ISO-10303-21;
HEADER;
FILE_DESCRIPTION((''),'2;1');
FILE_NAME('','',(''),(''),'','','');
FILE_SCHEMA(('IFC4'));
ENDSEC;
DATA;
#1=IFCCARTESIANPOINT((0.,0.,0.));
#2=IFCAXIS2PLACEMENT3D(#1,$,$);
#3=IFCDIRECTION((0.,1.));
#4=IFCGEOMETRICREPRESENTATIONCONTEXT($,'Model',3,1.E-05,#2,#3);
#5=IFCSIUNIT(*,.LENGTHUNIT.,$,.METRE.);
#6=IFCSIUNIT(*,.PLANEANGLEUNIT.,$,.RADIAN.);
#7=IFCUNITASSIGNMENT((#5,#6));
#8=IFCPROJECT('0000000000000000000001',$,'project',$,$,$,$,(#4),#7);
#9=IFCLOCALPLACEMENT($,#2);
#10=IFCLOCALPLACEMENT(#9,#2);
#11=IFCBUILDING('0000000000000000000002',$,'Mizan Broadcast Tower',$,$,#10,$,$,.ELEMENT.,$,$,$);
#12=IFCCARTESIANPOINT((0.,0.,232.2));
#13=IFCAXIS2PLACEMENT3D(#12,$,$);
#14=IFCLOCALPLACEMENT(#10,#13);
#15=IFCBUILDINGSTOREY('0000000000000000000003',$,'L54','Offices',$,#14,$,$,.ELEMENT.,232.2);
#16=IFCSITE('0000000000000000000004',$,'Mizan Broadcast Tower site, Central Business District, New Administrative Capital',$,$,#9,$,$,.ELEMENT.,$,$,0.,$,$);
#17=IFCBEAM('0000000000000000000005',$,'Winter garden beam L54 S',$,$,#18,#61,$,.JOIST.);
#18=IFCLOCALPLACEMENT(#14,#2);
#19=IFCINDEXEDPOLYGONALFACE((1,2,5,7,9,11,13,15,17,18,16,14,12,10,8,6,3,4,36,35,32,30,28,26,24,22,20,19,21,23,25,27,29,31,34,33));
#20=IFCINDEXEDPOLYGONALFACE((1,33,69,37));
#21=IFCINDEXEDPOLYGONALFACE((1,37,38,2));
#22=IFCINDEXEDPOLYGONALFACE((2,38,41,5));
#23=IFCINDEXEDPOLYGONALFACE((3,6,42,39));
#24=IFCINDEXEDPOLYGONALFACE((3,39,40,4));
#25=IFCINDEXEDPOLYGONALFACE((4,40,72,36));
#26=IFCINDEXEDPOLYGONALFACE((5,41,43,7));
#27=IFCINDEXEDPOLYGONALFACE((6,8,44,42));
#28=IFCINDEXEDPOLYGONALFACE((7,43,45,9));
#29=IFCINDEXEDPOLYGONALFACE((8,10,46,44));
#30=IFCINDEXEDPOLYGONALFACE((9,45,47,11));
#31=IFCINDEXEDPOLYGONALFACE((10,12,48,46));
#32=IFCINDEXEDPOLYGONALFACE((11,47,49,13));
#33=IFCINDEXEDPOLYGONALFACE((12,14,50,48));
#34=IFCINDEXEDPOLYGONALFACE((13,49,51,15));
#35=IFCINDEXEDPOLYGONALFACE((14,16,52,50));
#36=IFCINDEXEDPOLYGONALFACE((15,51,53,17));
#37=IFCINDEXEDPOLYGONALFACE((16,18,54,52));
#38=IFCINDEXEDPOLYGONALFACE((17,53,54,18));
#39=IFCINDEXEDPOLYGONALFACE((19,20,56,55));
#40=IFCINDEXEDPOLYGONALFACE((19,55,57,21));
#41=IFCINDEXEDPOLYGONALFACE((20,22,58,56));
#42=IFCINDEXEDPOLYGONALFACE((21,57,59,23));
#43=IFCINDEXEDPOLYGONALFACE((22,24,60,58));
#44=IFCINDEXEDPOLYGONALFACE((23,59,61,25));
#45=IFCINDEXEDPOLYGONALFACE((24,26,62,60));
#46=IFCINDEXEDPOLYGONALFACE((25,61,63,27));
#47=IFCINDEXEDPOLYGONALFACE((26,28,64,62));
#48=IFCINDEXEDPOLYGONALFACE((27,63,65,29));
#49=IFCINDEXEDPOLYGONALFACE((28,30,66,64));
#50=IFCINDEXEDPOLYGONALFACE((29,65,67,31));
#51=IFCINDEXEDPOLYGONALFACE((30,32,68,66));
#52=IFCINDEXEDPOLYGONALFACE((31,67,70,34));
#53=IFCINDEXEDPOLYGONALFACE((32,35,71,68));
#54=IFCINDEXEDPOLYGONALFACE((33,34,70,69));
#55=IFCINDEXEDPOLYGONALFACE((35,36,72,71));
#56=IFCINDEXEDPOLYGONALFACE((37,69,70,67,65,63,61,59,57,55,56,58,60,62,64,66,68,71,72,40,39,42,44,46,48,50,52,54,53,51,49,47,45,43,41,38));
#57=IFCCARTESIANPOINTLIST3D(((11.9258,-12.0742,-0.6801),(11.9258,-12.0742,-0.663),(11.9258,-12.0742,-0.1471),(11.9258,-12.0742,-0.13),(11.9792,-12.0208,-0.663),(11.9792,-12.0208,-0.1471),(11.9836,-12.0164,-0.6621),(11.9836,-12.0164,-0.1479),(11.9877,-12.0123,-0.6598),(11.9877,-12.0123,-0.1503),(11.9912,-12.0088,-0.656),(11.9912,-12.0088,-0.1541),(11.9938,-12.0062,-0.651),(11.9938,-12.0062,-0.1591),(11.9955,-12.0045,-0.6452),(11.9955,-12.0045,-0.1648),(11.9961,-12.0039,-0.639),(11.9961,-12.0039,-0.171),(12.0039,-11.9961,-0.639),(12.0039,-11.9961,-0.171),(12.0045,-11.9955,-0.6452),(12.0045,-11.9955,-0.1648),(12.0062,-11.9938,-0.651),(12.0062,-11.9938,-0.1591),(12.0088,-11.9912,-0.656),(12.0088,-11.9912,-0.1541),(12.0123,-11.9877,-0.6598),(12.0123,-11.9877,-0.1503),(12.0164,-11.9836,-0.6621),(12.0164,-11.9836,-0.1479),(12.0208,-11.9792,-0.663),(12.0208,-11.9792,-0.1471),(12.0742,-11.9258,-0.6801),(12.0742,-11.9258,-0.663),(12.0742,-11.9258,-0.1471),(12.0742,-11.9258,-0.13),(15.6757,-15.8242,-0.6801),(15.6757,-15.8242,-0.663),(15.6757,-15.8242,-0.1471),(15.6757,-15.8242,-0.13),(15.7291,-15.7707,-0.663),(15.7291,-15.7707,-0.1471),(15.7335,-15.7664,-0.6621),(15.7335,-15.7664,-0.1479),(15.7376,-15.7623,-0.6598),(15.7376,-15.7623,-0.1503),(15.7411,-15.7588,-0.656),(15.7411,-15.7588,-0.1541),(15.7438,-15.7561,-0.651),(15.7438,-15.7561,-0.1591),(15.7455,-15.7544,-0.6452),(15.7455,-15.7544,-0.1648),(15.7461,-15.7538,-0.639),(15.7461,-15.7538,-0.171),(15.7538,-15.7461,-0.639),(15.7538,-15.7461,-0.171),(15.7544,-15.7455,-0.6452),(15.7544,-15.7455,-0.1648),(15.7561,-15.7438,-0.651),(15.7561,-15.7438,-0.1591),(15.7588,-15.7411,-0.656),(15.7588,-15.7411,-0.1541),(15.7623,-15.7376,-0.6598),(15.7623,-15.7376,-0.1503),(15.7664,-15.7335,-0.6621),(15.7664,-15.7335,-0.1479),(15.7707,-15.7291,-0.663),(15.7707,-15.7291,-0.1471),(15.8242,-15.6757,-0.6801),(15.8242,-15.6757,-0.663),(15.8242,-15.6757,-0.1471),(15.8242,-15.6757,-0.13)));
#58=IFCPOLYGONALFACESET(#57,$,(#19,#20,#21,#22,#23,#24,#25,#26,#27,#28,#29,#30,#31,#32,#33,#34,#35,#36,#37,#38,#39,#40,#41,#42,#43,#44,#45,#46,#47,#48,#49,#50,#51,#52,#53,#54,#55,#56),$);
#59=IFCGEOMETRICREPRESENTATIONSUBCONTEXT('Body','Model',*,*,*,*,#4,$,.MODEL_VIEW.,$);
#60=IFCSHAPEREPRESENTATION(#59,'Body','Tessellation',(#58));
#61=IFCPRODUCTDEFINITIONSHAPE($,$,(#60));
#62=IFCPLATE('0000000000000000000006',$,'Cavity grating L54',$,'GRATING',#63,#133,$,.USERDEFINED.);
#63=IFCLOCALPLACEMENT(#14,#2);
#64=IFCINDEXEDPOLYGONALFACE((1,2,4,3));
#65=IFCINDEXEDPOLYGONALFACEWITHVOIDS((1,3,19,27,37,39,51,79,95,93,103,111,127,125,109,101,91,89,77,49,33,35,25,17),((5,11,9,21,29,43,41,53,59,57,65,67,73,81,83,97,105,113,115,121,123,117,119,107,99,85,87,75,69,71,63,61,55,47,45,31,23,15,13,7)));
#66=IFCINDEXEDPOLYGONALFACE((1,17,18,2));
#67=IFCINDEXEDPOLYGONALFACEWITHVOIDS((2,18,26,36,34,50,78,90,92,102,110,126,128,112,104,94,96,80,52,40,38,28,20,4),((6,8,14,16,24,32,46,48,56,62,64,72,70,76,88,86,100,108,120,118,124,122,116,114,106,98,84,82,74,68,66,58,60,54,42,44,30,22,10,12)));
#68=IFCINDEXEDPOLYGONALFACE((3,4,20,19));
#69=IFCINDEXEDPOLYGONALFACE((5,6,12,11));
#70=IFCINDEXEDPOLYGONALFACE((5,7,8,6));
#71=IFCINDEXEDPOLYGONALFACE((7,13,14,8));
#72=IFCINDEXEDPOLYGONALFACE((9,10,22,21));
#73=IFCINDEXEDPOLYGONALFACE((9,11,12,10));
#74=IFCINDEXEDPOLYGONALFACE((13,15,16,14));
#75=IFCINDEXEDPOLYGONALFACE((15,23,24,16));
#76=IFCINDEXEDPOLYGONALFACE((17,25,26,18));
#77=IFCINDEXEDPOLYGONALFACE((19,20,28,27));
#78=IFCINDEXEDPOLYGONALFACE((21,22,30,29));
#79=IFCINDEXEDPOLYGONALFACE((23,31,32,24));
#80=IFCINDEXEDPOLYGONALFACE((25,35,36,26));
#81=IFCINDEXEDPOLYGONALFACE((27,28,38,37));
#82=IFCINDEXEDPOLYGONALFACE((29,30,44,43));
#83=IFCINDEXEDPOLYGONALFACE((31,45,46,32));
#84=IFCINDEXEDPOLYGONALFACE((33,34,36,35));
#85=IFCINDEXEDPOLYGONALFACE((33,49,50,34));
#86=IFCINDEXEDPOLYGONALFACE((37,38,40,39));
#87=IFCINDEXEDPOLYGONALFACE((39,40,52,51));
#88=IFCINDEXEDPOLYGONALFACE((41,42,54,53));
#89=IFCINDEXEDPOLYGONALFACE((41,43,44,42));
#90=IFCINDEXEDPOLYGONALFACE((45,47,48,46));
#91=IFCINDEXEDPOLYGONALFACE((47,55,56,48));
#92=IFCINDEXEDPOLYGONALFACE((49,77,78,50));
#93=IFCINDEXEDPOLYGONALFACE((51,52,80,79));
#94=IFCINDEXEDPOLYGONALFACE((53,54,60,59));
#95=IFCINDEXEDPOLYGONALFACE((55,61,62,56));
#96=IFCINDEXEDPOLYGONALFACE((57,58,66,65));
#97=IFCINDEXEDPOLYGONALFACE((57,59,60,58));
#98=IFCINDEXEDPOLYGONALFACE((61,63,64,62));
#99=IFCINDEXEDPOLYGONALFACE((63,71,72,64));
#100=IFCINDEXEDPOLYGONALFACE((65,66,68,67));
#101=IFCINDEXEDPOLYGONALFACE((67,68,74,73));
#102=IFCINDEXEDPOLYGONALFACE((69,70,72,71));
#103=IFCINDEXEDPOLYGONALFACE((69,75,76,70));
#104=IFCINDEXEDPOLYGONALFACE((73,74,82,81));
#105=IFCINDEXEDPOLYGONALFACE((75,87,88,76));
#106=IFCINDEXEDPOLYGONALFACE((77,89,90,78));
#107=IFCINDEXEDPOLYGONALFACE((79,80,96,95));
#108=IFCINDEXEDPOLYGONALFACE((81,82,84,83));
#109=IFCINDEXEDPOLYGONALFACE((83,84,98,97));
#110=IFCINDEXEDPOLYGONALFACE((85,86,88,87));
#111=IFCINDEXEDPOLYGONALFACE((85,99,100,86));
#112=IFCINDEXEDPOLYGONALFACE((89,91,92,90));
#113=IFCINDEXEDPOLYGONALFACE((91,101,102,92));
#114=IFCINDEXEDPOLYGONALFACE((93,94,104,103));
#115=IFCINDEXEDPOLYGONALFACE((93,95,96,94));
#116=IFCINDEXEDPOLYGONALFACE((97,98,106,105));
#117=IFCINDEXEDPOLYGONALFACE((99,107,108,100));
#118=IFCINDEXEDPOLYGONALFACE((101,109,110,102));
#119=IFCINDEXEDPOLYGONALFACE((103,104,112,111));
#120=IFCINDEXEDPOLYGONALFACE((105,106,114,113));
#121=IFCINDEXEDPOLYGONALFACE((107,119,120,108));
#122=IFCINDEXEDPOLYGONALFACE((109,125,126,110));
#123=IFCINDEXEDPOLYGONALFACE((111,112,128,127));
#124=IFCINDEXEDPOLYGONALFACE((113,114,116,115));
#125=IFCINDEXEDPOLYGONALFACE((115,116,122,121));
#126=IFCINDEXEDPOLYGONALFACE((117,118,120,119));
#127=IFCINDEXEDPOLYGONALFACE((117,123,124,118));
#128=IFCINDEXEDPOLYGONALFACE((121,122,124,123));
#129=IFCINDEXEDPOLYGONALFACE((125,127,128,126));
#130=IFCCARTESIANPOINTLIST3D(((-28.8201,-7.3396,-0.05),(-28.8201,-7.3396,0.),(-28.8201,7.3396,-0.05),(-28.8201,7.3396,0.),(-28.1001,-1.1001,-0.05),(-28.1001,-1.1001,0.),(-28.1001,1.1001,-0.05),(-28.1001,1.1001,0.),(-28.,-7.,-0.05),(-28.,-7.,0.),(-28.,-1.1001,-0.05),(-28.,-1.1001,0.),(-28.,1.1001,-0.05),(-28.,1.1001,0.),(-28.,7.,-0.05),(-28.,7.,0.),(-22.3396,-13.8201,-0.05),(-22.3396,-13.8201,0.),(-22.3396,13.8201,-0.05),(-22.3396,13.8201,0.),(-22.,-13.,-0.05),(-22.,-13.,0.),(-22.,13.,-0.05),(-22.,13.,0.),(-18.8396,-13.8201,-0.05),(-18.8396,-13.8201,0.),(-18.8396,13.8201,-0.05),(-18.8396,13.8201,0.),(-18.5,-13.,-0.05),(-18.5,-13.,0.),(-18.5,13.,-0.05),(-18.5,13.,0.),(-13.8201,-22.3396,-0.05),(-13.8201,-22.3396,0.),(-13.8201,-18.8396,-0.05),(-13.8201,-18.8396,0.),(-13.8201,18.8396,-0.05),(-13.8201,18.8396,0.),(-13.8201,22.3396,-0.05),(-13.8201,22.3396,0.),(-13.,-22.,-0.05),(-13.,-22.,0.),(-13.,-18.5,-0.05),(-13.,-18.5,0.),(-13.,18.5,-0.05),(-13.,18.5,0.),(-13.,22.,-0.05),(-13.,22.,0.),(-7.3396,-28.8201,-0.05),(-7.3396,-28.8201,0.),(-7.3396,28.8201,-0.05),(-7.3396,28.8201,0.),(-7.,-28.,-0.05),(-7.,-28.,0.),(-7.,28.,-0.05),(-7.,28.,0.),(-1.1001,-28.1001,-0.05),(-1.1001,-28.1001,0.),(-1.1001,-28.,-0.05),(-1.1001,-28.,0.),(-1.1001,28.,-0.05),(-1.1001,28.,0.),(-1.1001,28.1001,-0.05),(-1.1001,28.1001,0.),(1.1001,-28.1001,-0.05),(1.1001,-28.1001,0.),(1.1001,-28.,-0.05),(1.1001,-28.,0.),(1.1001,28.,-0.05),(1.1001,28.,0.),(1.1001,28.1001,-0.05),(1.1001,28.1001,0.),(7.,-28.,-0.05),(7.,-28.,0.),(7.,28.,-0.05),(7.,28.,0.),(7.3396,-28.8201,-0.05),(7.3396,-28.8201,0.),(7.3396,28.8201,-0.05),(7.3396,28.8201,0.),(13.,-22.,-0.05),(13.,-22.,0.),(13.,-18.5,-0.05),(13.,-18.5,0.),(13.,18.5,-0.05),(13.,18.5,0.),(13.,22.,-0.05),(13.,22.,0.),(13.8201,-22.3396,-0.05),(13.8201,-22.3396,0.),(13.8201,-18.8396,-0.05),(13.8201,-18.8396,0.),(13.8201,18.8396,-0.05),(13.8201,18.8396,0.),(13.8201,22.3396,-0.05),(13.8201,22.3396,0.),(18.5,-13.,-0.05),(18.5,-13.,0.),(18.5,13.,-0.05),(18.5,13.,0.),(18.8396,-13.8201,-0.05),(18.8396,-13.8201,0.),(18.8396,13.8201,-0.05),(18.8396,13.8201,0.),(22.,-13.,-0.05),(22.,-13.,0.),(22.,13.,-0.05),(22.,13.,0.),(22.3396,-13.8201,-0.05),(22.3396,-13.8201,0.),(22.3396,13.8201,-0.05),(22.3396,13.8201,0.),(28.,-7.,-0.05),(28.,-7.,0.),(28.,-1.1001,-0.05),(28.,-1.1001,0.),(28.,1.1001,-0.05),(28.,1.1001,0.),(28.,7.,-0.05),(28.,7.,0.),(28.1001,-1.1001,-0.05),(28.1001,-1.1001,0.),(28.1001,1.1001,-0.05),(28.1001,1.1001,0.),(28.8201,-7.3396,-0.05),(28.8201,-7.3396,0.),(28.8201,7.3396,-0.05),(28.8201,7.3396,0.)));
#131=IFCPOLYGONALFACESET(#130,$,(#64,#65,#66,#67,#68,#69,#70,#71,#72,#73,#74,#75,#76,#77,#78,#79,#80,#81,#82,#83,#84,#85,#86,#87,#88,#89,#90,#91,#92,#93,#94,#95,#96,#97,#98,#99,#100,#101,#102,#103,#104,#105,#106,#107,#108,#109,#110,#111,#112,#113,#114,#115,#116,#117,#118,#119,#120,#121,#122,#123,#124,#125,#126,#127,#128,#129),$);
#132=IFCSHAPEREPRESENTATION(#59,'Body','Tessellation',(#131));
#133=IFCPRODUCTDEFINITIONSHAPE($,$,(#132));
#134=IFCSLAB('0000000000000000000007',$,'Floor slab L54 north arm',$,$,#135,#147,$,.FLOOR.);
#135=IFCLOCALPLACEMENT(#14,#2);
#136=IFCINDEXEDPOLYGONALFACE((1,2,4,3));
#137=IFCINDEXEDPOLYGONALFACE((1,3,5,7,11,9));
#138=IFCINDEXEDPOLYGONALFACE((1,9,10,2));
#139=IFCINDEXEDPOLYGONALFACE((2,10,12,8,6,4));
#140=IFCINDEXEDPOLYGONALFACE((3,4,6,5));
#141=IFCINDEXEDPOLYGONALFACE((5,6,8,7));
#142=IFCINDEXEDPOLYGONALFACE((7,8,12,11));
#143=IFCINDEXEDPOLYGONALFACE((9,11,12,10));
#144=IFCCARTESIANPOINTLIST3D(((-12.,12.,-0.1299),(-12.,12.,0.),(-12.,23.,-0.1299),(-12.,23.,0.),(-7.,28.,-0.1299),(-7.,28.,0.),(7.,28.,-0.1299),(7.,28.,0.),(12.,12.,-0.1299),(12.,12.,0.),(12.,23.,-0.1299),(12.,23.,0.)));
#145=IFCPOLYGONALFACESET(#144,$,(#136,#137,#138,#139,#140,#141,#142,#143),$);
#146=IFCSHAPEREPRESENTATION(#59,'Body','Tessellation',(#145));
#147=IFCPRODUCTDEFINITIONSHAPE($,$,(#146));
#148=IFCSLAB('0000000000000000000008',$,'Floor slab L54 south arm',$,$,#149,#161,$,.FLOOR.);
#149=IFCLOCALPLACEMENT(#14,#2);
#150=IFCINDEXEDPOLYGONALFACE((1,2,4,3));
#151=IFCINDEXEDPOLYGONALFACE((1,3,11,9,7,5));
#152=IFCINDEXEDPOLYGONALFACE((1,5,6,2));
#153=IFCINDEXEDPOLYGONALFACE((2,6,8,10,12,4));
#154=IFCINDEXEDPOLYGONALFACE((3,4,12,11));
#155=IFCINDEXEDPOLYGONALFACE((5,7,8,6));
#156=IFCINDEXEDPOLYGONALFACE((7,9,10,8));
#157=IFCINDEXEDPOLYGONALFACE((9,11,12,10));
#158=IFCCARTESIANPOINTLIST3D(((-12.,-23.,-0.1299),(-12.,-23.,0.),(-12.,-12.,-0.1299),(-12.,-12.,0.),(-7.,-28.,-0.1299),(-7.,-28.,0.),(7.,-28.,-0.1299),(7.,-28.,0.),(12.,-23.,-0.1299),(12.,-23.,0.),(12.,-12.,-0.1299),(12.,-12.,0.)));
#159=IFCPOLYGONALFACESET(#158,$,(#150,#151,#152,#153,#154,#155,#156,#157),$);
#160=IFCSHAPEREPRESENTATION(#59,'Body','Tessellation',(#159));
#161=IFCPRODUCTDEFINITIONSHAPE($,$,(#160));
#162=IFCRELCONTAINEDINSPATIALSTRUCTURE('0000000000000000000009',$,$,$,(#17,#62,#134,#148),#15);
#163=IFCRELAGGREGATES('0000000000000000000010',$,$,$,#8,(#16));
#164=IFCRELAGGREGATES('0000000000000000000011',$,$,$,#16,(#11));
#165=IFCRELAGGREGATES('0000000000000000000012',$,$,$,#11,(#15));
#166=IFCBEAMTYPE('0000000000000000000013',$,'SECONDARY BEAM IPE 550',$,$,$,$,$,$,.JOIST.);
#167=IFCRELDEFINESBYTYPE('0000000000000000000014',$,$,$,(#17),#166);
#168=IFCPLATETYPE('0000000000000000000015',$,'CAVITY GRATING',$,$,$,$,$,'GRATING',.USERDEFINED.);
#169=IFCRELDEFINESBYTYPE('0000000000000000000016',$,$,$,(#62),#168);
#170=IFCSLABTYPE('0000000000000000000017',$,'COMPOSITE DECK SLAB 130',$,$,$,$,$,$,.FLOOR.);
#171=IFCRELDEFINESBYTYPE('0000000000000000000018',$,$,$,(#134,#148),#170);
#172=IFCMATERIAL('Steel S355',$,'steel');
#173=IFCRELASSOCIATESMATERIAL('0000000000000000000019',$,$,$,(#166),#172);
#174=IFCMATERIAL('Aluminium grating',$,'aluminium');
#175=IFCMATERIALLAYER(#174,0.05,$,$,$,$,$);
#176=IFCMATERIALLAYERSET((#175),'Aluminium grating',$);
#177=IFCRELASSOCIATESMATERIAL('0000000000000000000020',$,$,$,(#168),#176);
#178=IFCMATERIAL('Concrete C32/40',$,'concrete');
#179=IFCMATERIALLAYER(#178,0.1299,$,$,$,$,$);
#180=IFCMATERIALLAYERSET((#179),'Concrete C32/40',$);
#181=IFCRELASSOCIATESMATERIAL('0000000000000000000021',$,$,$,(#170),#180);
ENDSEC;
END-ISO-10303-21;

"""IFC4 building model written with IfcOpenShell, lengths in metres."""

from ifc_helpers import new_model, si_unit, direction, frame, origin, origin_2d, place, context, subcontext, project, spatial, polyline, i_section, outline, extrude, material, layer, layer_set, material_profile, profile_set, type_object, element, save


model = new_model("IFC4")

# Units and contexts
model_context = context("Model", 3, precision=1e-05, world=origin(), true_north=direction((0.0, 1.0)))
body_context = subcontext(model_context, "Body", "Model", "MODEL_VIEW")
ifc_project = project(units=[si_unit("LENGTHUNIT", "METRE"), si_unit("PLANEANGLEUNIT", "RADIAN")], contexts=[model_context])

# Site, building, storey
site_placement = place(None, origin())
site = spatial("IfcSite", under=ifc_project, at=site_placement, Name="Mizan Broadcast Tower site, Central Business District, New Administrative Capital", CompositionType="ELEMENT", RefElevation=0.0)
building_placement = place(site_placement, origin())
building = spatial("IfcBuilding", under=site, at=building_placement, Name="Mizan Broadcast Tower", CompositionType="ELEMENT")
storey_placement = place(building_placement, frame((0.0, 0.0, 232.2)))
storey = spatial("IfcBuildingStorey", under=building, at=storey_placement, Name="L54", Description="Offices", CompositionType="ELEMENT", Elevation=232.2)

# Beam
ifc_material_1 = material(Name="Steel S355", Category="steel")
ifc_material_profile_1 = material_profile(ifc_material_1, i_section(OverallWidth=0.21, OverallDepth=0.55, WebThickness=0.011, FlangeThickness=0.0171, FilletRadius=0.0239, at=origin_2d()), Name="IPE 550")
ifc_profile_set_1 = profile_set([ifc_material_profile_1], Name="Steel S355")
beam_type_1 = type_object("IfcBeamType", Name="SECONDARY BEAM IPE 550", PredefinedType="JOIST", material=ifc_profile_set_1)
beam_1_placement = place(storey_placement, frame((12.0, -12.0, -0.405), z_axis=(0.707107, -0.707107, 0.0), x_axis=(0.707107, 0.707107, 0.0)))
element("IfcBeam", 1, at=beam_1_placement, inside=storey, type_object=beam_type_1, Name="Winter garden beam L54 S", PredefinedType="JOIST", context=body_context, shape_type="SweptSolid", body=[
    extrude(i_section(OverallWidth=0.21, OverallDepth=0.55, WebThickness=0.011, FlangeThickness=0.0171, FilletRadius=0.0239, at=origin_2d()), origin(), (0.0, 0.0, 1.0), 5.3032),
])

# Plate
ifc_material_2 = material(Name="Aluminium grating", Category="aluminium")
ifc_layer_1 = layer(ifc_material_2, 0.05)
ifc_layer_set_1 = layer_set([ifc_layer_1], Name="Aluminium grating")
plate_type = type_object("IfcPlateType", Name="CAVITY GRATING", ElementType="GRATING", PredefinedType="USERDEFINED", material=ifc_layer_set_1)
plate_placement = place(storey_placement, frame((0.0, 0.0, -0.05)))
element("IfcPlate", 2, at=plate_placement, inside=storey, type_object=plate_type, Name="Cavity grating L54", ObjectType="GRATING", PredefinedType="USERDEFINED", context=body_context, shape_type="SweptSolid", body=[
    extrude(outline(polyline([(13.8201, -18.8396), (18.8396, -13.8201), (22.3396, -13.8201), (28.8201, -7.3396), (28.8201, 7.3396), (22.3396, 13.8201), (18.8396, 13.8201), (13.8201, 18.8396), (13.8201, 22.3396), (7.3396, 28.8201), (-7.3396, 28.8201), (-13.8201, 22.3396), (-13.8201, 18.8396), (-18.8396, 13.8201), (-22.3396, 13.8201), (-28.8201, 7.3396), (-28.8201, -7.3396), (-22.3396, -13.8201), (-18.8396, -13.8201), (-13.8201, -18.8396), (-13.8201, -22.3396), (-7.3396, -28.8201), (7.3396, -28.8201), (13.8201, -22.3396), (13.8201, -18.8396)]), holes=[polyline([(28.0, -1.1001), (28.0, -7.0), (22.0, -13.0), (18.5, -13.0), (13.0, -18.5), (13.0, -22.0), (7.0, -28.0), (1.1001, -28.0), (1.1001, -28.1001), (-1.1001, -28.1001), (-1.1001, -28.0), (-7.0, -28.0), (-13.0, -22.0), (-13.0, -18.5), (-18.5, -13.0), (-22.0, -13.0), (-28.0, -7.0), (-28.0, -1.1001), (-28.1001, -1.1001), (-28.1001, 1.1001), (-28.0, 1.1001), (-28.0, 7.0), (-22.0, 13.0), (-18.5, 13.0), (-13.0, 18.5), (-13.0, 22.0), (-7.0, 28.0), (-1.1001, 28.0), (-1.1001, 28.1001), (1.1001, 28.1001), (1.1001, 28.0), (7.0, 28.0), (13.0, 22.0), (13.0, 18.5), (18.5, 13.0), (22.0, 13.0), (28.0, 7.0), (28.0, 1.1001), (28.1001, 1.1001), (28.1001, -1.1001), (28.0, -1.1001)])]), origin(), (0.0, 0.0, 1.0), 0.05),
])

# Slabs
ifc_material_3 = material(Name="Concrete C32/40", Category="concrete")
ifc_layer_2 = layer(ifc_material_3, 0.1299)
ifc_layer_set_2 = layer_set([ifc_layer_2], Name="Concrete C32/40")
slab_type_1 = type_object("IfcSlabType", Name="COMPOSITE DECK SLAB 130", PredefinedType="FLOOR", material=ifc_layer_set_2)
slab_1_placement = place(storey_placement, frame((0.0, 0.0, -0.1299)))
element("IfcSlab", 3, at=slab_1_placement, inside=storey, type_object=slab_type_1, Name="Floor slab L54 north arm", PredefinedType="FLOOR", context=body_context, shape_type="SweptSolid", body=[
    extrude(outline(polyline([(-7.0, 28.0), (-12.0, 23.0), (-12.0, 12.0), (12.0, 12.0), (12.0, 23.0), (7.0, 28.0), (-7.0, 28.0)])), origin(), (0.0, 0.0, 1.0), 0.1299),
])
slab_2_placement = place(storey_placement, frame((0.0, 0.0, -0.1299)))
element("IfcSlab", 4, at=slab_2_placement, inside=storey, type_object=slab_type_1, Name="Floor slab L54 south arm", PredefinedType="FLOOR", context=body_context, shape_type="SweptSolid", body=[
    extrude(outline(polyline([(7.0, -28.0), (12.0, -23.0), (12.0, -12.0), (-12.0, -12.0), (-12.0, -23.0), (-7.0, -28.0), (7.0, -28.0)])), origin(), (0.0, 0.0, 1.0), 0.1299),
])

save(model, "model.ifc")
